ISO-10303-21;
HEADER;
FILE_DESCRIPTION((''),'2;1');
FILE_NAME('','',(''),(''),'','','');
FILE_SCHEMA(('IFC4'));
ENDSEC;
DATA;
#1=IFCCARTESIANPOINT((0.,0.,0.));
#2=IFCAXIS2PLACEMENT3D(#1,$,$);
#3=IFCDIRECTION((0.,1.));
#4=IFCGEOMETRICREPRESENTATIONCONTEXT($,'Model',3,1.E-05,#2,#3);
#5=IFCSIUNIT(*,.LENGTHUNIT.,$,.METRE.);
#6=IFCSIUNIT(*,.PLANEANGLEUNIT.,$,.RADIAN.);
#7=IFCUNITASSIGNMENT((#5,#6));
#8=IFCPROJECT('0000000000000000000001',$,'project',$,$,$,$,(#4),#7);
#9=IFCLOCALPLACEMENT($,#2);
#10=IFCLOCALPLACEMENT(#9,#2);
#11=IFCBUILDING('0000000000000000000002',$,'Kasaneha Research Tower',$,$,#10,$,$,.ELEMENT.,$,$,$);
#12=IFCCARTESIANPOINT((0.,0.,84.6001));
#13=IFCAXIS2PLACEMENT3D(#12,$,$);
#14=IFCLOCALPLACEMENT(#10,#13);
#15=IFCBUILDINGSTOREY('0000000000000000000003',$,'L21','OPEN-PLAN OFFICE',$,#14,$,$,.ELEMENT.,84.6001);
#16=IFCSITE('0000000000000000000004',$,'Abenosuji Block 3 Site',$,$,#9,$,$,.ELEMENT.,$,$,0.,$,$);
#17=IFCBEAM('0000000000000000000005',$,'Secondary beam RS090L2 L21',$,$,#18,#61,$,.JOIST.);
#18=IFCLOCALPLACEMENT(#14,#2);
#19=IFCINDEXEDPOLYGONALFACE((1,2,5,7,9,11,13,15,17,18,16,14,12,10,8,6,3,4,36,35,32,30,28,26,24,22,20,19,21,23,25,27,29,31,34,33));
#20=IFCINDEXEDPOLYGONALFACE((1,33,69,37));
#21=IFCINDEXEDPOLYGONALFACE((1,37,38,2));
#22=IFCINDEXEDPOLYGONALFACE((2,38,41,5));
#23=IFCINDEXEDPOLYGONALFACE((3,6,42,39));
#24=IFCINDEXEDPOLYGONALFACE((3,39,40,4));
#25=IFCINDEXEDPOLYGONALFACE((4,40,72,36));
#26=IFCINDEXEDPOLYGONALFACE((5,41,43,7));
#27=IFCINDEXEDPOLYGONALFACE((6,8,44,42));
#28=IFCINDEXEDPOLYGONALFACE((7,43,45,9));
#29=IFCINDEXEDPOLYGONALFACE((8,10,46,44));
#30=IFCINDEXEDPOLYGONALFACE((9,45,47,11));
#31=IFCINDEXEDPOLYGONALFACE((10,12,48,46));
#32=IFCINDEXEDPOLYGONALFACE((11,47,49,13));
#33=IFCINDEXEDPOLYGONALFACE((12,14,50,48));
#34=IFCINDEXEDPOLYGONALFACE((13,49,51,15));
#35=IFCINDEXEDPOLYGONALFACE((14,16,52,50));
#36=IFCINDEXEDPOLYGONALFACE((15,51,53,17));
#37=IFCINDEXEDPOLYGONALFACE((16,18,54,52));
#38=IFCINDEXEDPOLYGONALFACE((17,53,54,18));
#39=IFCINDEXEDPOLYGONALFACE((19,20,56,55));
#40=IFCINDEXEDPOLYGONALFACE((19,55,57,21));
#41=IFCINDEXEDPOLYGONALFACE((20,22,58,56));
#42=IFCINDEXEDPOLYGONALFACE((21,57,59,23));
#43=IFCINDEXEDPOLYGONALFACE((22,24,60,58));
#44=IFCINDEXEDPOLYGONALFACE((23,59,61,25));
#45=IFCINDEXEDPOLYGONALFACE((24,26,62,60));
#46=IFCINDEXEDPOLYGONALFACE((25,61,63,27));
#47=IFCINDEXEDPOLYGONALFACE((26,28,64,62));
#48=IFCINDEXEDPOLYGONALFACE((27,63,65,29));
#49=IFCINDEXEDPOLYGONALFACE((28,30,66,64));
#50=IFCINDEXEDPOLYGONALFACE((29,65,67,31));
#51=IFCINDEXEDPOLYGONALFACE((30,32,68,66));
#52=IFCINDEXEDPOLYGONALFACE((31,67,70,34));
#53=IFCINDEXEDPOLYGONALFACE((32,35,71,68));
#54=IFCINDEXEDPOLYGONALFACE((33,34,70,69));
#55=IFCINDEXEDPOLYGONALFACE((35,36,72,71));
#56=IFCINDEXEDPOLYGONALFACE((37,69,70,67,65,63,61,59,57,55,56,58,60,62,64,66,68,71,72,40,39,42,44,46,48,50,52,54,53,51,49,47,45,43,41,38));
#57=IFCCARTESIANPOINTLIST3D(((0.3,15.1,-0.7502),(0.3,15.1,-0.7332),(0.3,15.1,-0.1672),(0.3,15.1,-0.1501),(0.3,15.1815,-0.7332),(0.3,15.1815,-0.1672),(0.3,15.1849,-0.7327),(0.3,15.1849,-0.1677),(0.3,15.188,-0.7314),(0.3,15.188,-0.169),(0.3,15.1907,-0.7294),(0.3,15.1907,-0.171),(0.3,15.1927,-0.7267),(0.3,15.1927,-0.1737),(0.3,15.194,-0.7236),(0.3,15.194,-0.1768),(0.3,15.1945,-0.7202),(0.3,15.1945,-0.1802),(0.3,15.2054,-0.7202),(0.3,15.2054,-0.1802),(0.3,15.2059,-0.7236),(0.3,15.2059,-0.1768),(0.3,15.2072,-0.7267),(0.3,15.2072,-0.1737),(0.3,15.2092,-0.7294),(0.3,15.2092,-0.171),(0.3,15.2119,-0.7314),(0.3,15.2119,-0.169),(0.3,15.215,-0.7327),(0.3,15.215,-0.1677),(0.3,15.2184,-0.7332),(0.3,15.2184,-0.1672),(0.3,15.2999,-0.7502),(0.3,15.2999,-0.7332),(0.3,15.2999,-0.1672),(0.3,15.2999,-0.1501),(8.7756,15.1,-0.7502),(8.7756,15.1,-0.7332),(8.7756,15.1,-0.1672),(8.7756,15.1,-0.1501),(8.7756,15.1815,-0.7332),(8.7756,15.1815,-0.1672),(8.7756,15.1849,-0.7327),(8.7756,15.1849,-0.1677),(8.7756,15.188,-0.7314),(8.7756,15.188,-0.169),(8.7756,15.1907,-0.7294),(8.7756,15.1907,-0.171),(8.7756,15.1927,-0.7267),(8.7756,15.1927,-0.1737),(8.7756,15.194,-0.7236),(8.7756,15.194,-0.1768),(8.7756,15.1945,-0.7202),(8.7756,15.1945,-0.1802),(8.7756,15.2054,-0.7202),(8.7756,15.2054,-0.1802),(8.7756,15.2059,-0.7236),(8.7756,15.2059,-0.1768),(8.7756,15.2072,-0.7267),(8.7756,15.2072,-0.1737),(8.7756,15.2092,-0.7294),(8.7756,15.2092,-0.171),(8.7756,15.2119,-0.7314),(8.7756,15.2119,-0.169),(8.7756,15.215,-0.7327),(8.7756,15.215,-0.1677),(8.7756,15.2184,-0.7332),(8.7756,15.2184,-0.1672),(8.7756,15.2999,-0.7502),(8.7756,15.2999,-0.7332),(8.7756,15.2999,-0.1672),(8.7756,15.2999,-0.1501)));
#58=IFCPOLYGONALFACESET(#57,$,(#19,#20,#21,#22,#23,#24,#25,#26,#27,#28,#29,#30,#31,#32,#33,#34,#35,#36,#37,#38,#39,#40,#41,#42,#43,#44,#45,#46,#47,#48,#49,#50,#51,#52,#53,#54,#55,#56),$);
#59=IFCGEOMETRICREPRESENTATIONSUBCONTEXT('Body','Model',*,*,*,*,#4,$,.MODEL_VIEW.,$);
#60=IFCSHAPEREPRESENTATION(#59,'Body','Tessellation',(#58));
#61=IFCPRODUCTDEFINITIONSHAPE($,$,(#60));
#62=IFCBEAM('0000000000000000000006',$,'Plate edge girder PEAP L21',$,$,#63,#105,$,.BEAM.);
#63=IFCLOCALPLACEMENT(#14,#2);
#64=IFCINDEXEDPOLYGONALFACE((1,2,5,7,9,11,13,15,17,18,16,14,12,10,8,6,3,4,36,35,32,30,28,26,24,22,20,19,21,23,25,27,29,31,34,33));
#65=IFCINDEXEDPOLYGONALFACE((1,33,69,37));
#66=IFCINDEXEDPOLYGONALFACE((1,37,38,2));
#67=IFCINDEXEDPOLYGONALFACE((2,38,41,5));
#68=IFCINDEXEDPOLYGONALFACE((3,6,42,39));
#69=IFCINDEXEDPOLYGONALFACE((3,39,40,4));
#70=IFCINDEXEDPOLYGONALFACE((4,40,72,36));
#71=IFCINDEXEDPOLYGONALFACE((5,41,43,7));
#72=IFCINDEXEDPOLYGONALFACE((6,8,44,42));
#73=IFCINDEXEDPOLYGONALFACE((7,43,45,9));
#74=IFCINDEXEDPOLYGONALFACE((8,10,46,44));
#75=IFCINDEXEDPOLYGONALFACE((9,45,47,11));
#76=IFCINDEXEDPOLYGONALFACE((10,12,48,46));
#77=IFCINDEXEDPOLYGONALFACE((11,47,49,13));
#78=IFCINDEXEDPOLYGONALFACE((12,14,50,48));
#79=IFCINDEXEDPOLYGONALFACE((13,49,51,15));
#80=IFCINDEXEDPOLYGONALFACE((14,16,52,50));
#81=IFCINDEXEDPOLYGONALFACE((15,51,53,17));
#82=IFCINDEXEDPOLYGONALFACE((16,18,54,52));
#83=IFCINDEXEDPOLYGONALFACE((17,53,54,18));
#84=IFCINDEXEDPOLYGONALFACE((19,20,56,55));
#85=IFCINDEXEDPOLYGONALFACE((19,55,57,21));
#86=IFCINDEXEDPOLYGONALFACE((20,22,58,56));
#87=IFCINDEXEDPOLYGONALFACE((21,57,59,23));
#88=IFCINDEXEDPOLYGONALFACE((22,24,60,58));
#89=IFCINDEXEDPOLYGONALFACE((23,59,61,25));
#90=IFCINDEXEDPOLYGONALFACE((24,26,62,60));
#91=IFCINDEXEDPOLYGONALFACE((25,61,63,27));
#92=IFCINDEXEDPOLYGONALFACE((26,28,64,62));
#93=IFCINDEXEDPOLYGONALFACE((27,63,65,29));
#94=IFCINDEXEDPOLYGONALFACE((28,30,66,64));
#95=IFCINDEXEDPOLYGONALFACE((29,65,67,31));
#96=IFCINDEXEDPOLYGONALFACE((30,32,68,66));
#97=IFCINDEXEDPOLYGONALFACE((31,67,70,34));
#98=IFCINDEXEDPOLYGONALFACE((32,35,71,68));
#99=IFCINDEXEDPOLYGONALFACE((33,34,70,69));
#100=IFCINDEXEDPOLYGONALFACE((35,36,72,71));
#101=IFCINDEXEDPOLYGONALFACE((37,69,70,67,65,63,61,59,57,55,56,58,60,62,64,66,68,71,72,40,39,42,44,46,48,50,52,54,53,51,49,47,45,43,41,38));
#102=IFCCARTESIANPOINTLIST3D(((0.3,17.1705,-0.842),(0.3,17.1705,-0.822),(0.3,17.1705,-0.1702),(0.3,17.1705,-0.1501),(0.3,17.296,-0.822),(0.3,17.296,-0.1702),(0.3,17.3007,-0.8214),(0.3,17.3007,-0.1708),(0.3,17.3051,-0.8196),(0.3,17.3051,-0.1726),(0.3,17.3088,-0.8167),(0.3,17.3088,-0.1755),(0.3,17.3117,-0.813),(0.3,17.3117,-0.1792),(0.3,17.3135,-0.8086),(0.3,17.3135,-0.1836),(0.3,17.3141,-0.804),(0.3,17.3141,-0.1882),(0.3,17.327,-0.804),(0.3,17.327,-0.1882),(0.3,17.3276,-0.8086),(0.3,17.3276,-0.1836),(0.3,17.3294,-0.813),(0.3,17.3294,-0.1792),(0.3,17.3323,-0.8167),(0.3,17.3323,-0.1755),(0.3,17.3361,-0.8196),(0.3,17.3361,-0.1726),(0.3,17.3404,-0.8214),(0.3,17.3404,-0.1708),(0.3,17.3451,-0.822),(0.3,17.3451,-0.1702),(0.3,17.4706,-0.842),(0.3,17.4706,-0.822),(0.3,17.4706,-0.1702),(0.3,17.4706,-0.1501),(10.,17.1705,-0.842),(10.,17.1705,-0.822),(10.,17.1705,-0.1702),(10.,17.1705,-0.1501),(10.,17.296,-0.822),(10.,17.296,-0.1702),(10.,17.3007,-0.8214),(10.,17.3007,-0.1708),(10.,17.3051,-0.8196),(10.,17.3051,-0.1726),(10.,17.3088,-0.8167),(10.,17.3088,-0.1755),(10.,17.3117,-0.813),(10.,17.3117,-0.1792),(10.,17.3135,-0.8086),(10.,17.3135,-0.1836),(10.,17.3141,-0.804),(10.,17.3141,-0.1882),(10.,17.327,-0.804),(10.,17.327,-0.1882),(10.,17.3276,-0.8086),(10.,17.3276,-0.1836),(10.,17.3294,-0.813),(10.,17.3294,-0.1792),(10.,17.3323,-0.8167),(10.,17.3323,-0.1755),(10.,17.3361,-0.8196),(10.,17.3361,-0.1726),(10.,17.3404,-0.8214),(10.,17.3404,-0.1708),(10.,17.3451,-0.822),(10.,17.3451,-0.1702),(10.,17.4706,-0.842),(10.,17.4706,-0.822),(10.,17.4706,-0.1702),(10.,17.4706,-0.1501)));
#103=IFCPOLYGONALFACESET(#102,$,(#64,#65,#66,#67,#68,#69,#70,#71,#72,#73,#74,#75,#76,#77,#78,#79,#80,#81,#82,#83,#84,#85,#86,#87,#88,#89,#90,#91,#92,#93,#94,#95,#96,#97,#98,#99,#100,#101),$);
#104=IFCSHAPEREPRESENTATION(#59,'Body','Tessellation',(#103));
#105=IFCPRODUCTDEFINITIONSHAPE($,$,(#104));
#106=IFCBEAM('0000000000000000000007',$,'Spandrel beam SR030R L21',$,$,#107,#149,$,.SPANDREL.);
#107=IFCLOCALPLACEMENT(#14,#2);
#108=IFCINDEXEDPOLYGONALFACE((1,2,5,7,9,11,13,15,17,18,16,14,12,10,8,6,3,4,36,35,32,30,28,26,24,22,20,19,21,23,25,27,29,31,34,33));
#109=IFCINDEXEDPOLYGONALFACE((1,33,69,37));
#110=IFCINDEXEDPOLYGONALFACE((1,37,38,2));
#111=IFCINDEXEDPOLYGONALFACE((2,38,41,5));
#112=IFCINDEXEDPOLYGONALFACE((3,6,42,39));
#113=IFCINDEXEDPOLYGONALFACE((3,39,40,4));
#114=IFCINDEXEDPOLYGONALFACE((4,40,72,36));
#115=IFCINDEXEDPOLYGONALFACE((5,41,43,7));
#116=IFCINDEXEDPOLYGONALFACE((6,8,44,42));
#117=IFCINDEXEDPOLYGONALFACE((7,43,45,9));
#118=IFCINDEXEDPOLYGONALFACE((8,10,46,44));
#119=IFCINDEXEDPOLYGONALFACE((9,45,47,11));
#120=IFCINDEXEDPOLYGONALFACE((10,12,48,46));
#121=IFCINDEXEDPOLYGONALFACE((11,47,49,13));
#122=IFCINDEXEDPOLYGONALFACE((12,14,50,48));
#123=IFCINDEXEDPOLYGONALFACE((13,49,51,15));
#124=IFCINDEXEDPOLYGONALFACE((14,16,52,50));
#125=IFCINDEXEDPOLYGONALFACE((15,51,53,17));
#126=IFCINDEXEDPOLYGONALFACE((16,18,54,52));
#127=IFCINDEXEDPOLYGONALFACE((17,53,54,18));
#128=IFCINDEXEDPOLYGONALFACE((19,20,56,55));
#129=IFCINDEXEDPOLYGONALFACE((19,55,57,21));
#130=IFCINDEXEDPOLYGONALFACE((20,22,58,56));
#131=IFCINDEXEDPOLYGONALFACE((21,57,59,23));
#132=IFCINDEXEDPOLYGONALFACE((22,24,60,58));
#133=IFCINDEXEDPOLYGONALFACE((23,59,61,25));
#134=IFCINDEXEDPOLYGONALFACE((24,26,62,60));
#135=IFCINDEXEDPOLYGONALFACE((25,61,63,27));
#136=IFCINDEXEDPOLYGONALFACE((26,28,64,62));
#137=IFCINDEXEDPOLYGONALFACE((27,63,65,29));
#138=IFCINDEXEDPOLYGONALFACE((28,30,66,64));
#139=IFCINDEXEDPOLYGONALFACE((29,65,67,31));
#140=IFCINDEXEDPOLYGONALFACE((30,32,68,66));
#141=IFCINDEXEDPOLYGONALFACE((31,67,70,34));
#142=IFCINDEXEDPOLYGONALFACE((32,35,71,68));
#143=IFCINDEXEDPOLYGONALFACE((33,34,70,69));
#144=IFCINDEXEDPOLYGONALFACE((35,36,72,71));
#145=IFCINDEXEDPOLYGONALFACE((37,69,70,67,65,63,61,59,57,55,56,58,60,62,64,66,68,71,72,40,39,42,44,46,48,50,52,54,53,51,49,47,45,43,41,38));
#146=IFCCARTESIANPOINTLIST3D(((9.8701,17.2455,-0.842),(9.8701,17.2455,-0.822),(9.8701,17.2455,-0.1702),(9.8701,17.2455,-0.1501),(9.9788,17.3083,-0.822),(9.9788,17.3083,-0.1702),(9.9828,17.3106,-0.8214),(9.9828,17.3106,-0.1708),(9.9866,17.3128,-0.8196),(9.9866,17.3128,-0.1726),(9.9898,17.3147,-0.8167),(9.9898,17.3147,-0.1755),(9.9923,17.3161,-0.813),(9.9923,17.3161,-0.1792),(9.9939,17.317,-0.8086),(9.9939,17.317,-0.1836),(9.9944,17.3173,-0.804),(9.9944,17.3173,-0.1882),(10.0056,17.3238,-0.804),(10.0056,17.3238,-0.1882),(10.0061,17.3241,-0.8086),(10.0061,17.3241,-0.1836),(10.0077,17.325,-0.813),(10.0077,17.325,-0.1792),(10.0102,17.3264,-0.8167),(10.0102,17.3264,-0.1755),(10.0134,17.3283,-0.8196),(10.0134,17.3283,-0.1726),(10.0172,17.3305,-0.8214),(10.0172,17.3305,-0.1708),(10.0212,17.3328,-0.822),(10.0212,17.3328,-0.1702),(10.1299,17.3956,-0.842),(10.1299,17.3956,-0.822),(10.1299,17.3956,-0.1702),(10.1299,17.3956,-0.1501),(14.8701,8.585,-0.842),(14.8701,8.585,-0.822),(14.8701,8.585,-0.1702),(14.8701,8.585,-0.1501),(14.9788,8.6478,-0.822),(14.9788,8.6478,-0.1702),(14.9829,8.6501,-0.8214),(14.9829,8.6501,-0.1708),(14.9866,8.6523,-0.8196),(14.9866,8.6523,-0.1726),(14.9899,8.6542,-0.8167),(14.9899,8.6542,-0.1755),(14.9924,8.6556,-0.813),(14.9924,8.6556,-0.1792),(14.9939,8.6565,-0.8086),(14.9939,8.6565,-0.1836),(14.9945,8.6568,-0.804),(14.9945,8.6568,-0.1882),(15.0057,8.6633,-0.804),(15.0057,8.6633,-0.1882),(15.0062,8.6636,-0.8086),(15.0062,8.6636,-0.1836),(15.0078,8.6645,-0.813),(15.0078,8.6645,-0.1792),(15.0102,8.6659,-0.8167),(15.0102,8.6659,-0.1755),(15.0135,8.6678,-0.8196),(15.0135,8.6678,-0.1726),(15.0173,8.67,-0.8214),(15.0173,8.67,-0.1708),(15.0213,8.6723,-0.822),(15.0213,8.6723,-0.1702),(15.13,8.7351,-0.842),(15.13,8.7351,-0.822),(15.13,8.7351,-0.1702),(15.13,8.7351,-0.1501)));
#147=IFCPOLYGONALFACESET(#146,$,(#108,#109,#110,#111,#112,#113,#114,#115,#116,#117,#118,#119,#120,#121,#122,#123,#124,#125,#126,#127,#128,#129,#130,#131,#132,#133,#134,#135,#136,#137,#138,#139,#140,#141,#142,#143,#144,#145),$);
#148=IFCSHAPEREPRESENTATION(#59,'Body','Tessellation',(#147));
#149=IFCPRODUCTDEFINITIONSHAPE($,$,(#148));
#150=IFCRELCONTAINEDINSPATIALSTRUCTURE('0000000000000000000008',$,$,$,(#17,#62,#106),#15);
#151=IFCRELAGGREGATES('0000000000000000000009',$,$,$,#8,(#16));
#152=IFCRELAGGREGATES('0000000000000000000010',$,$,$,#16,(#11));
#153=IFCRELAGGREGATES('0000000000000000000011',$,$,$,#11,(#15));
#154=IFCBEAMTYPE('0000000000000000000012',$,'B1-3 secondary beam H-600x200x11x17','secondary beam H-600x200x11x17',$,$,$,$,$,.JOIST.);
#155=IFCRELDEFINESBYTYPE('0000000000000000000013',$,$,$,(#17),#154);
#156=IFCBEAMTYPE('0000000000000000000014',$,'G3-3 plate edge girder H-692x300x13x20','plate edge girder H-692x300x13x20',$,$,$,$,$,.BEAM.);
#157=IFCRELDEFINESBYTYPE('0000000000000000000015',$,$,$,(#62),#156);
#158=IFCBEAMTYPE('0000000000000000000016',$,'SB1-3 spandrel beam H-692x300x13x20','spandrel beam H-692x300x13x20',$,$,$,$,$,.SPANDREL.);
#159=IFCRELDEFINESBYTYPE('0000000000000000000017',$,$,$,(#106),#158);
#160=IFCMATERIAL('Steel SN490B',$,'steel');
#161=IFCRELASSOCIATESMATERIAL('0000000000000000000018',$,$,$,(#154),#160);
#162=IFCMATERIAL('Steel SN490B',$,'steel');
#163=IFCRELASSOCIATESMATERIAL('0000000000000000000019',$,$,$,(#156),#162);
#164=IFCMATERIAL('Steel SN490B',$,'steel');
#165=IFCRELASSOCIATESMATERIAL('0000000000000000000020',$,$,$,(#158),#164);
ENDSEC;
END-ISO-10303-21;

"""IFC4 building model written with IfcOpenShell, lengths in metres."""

from ifc_helpers import new_model, si_unit, direction, frame, origin, origin_2d, place, context, subcontext, project, spatial, i_section, extrude, material, material_profile, profile_set, type_object, element, save


model = new_model("IFC4")

# Units and contexts
model_context = context("Model", 3, precision=1e-05, world=origin(), true_north=direction((0.0, 1.0)))
body_context = subcontext(model_context, "Body", "Model", "MODEL_VIEW")
ifc_project = project(units=[si_unit("LENGTHUNIT", "METRE"), si_unit("PLANEANGLEUNIT", "RADIAN")], contexts=[model_context])

# Site, building, storey
site_placement = place(None, origin())
site = spatial("IfcSite", under=ifc_project, at=site_placement, Name="Abenosuji Block 3 Site", CompositionType="ELEMENT", RefElevation=0.0)
building_placement = place(site_placement, origin())
building = spatial("IfcBuilding", under=site, at=building_placement, Name="Kasaneha Research Tower", CompositionType="ELEMENT")
storey_placement = place(building_placement, frame((0.0, 0.0, 84.6001)))
storey = spatial("IfcBuildingStorey", under=building, at=storey_placement, Name="L21", Description="OPEN-PLAN OFFICE", CompositionType="ELEMENT", Elevation=84.6001)

# Beams
ifc_material_1 = material(Name="Steel SN490B", Category="steel")
ifc_material_profile_1 = material_profile(ifc_material_1, i_section(OverallWidth=0.2, OverallDepth=0.6001, WebThickness=0.011, FlangeThickness=0.0171, FilletRadius=0.0129, at=origin_2d()), Name="H-600x200x11x17")
ifc_profile_set_1 = profile_set([ifc_material_profile_1], Name="Steel SN490B")
beam_type_1 = type_object("IfcBeamType", Name="B1-3 secondary beam H-600x200x11x17", Description="secondary beam H-600x200x11x17", PredefinedType="JOIST", material=ifc_profile_set_1)
beam_1_placement = place(storey_placement, frame((8.7756, 15.2, -0.4502), z_axis=(-1.0, 0.0, 0.0), x_axis=(0.0, -1.0, 0.0)))
element("IfcBeam", 1, at=beam_1_placement, inside=storey, type_object=beam_type_1, Name="Secondary beam RS090L2 L21", PredefinedType="JOIST", context=body_context, shape_type="SweptSolid", body=[
    extrude(i_section(OverallWidth=0.2, OverallDepth=0.6001, WebThickness=0.011, FlangeThickness=0.0171, FilletRadius=0.0129, at=origin_2d()), origin(), (0.0, 0.0, 1.0), 8.4756),
])
ifc_material_2 = material(Name="Steel SN490B", Category="steel")
ifc_material_profile_2 = material_profile(ifc_material_2, i_section(OverallWidth=0.3, OverallDepth=0.6919, WebThickness=0.0129, FlangeThickness=0.02, FilletRadius=0.0181, at=origin_2d()), Name="H-692x300x13x20")
ifc_profile_set_2 = profile_set([ifc_material_profile_2], Name="Steel SN490B")
beam_type_2 = type_object("IfcBeamType", Name="G3-3 plate edge girder H-692x300x13x20", Description="plate edge girder H-692x300x13x20", PredefinedType="BEAM", material=ifc_profile_set_2)
beam_2_placement = place(storey_placement, frame((10.0, 17.3206, -0.4961), z_axis=(-1.0, 0.0, 0.0), x_axis=(0.0, -1.0, 0.0)))
element("IfcBeam", 2, at=beam_2_placement, inside=storey, type_object=beam_type_2, Name="Plate edge girder PEAP L21", PredefinedType="BEAM", context=body_context, shape_type="SweptSolid", body=[
    extrude(i_section(OverallWidth=0.3, OverallDepth=0.6919, WebThickness=0.0129, FlangeThickness=0.02, FilletRadius=0.0181, at=origin_2d()), origin(), (0.0, 0.0, 1.0), 9.7),
])
ifc_material_3 = material(Name="Steel SN490B", Category="steel")
ifc_material_profile_3 = material_profile(ifc_material_3, i_section(OverallWidth=0.3, OverallDepth=0.6919, WebThickness=0.0129, FlangeThickness=0.02, FilletRadius=0.0181, at=origin_2d()), Name="H-692x300x13x20")
ifc_profile_set_3 = profile_set([ifc_material_profile_3], Name="Steel SN490B")
beam_type_3 = type_object("IfcBeamType", Name="SB1-3 spandrel beam H-692x300x13x20", Description="spandrel beam H-692x300x13x20", PredefinedType="SPANDREL", material=ifc_profile_set_3)
beam_3_placement = place(storey_placement, frame((10.0, 17.3206, -0.4961), z_axis=(0.499994, -0.866029, 0.0), x_axis=(0.866029, 0.499994, 0.0)))
element("IfcBeam", 3, at=beam_3_placement, inside=storey, type_object=beam_type_3, Name="Spandrel beam SR030R L21", PredefinedType="SPANDREL", context=body_context, shape_type="SweptSolid", body=[
    extrude(i_section(OverallWidth=0.3, OverallDepth=0.6919, WebThickness=0.0129, FlangeThickness=0.02, FilletRadius=0.0181, at=origin_2d()), origin(), (0.0, 0.0, 1.0), 10.0002),
])

save(model, "model.ifc")
